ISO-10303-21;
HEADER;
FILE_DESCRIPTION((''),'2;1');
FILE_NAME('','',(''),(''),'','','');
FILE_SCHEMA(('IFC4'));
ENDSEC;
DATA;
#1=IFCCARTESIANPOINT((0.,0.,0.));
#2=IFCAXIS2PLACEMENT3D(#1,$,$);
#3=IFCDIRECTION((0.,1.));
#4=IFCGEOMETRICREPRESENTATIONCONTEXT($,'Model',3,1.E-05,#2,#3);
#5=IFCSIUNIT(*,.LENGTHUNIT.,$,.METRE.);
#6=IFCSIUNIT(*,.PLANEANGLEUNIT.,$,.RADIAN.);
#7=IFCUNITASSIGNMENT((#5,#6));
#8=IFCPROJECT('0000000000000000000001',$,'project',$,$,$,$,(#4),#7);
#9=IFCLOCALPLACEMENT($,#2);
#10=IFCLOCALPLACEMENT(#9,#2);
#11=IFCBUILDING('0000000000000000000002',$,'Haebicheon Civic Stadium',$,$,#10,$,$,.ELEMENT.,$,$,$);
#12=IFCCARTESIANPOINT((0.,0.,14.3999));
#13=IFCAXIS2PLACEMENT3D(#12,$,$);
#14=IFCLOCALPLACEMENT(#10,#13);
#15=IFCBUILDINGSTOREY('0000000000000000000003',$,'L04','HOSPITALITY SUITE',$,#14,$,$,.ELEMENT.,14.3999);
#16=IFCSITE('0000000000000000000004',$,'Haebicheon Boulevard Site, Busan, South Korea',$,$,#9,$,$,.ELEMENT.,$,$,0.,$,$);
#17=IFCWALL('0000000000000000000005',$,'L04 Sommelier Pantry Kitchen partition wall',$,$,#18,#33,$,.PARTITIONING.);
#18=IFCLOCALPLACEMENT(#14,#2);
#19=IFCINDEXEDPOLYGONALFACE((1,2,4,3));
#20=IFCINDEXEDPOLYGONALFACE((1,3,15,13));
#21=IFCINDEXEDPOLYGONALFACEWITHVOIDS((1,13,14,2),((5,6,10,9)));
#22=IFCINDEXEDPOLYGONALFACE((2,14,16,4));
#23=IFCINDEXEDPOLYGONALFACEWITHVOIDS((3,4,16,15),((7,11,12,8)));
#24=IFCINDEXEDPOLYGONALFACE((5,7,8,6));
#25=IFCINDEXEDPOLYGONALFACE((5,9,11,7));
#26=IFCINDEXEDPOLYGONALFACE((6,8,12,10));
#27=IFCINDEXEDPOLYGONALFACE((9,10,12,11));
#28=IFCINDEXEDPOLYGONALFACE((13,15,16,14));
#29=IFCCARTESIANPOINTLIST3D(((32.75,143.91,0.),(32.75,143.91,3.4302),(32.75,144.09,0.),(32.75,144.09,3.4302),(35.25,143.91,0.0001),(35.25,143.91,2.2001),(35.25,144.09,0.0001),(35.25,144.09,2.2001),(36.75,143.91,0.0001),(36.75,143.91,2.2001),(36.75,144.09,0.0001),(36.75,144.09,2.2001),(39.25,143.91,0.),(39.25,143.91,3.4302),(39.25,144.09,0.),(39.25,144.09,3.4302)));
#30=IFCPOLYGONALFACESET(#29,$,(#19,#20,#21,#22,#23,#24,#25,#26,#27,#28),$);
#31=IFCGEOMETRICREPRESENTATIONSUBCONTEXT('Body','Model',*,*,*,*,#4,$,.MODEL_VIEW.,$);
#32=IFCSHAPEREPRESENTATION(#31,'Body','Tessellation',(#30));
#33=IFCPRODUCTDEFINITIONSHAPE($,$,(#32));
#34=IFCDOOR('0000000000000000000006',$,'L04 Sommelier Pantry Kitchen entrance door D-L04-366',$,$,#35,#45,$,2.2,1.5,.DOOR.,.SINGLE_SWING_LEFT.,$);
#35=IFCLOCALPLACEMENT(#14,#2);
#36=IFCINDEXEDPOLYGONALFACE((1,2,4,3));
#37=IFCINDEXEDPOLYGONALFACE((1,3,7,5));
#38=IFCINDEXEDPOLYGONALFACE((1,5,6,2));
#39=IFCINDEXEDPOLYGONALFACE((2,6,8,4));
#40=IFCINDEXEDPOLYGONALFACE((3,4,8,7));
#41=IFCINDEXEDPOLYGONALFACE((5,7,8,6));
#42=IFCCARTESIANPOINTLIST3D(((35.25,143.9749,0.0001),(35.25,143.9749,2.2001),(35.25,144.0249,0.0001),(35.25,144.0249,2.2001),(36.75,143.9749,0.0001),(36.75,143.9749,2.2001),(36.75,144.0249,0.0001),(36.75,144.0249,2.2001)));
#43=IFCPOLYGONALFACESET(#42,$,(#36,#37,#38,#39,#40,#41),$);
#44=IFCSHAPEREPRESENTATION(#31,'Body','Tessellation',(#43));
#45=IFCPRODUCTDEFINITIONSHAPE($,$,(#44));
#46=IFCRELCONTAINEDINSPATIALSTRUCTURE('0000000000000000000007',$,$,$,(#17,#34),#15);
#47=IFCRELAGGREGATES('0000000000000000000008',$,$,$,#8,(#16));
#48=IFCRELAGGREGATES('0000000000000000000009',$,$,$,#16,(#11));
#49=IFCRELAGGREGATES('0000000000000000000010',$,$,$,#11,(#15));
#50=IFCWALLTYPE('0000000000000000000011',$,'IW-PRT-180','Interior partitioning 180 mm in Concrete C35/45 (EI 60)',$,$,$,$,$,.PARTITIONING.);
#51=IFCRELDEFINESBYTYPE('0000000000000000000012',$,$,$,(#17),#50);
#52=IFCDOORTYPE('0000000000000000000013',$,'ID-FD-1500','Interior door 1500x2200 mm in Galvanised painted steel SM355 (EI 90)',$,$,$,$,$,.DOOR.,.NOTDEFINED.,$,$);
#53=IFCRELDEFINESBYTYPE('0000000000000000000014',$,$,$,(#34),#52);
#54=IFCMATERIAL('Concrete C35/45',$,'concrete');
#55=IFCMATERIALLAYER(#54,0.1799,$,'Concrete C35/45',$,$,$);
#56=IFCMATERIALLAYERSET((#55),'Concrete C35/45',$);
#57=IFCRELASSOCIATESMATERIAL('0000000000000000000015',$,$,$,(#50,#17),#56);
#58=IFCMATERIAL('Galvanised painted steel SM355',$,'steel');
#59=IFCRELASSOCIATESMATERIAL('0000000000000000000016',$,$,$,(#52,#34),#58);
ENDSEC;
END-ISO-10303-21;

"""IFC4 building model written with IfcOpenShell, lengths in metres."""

from ifc_helpers import new_model, si_unit, direction, frame, frame_2d, origin, place, context, subcontext, project, spatial, rectangle, extrude, material, layer, layer_set, type_object, element, fill, save


model = new_model("IFC4")

# Units and contexts
model_context = context("Model", 3, precision=1e-05, world=origin(), true_north=direction((0.0, 1.0)))
body_context = subcontext(model_context, "Body", "Model", "MODEL_VIEW")
ifc_project = project(units=[si_unit("LENGTHUNIT", "METRE"), si_unit("PLANEANGLEUNIT", "RADIAN")], contexts=[model_context])

# Site, building, storey
site_placement = place(None, origin())
site = spatial("IfcSite", under=ifc_project, at=site_placement, Name="Haebicheon Boulevard Site, Busan, South Korea", CompositionType="ELEMENT", RefElevation=0.0)
building_placement = place(site_placement, origin())
building = spatial("IfcBuilding", under=site, at=building_placement, Name="Haebicheon Civic Stadium", CompositionType="ELEMENT")
storey_placement = place(building_placement, frame((0.0, 0.0, 14.3999)))
storey = spatial("IfcBuildingStorey", under=building, at=storey_placement, Name="L04", Description="HOSPITALITY SUITE", CompositionType="ELEMENT", Elevation=14.3999)

# Wall, opening, door
ifc_material_1 = material(Name="Concrete C35/45", Category="concrete")
ifc_layer_1 = layer(ifc_material_1, 0.1799, Name="Concrete C35/45")
ifc_layer_set_1 = layer_set([ifc_layer_1], Name="Concrete C35/45")
wall_type_1 = type_object("IfcWallType", Name="IW-PRT-180", Description="Interior partitioning 180 mm in Concrete C35/45 (EI 60)", PredefinedType="PARTITIONING", material=ifc_layer_set_1)
ifc_material_2 = material(Name="Galvanised painted steel SM355", Category="steel")
door_type = type_object("IfcDoorType", Name="ID-FD-1500", Description="Interior door 1500x2200 mm in Galvanised painted steel SM355 (EI 90)", OperationType="NOTDEFINED", PredefinedType="DOOR", material=ifc_material_2)
wall_1_placement = place(storey_placement, frame((32.75, 144.0, 0.0), z_axis=(0.0, 0.0, 1.0), x_axis=(1.0, 0.0, 0.0)))
wall_1 = element("IfcWall", 1, at=wall_1_placement, inside=storey, type_object=wall_type_1, material=ifc_layer_set_1, Name="L04 Sommelier Pantry Kitchen partition wall", PredefinedType="PARTITIONING", context=body_context, shape_type="SweptSolid", body=[
    extrude(rectangle(XDim=6.5, YDim=0.1799, at=frame_2d((3.25, 0.0))), origin(), (0.0, 0.0, 1.0), 3.4302),
])
opening_1_placement = place(wall_1_placement, frame((2.5, 0.0, 0.0)))
opening_1 = element("IfcOpeningElement", 2, at=opening_1_placement, cuts=wall_1, PredefinedType="OPENING", context=body_context, shape_type="SweptSolid", body=[
    extrude(rectangle(XDim=1.5, YDim=2.2, at=frame_2d((0.75, 1.1001))), frame((0.0, 0.0999, 0.0), z_axis=(0.0, -1.0, 0.0), x_axis=(1.0, 0.0, 0.0)), (0.0, 0.0, 1.0), 0.2),
])
door_1_placement = place(opening_1_placement, origin())
door_1 = element("IfcDoor", 3, at=door_1_placement, inside=storey, type_object=door_type, material=ifc_material_2, Name="L04 Sommelier Pantry Kitchen entrance door D-L04-366", OperationType="SINGLE_SWING_LEFT", OverallHeight=2.2, OverallWidth=1.5, PredefinedType="DOOR", context=body_context, shape_type="SweptSolid", body=[
    extrude(rectangle(XDim=1.5, YDim=2.2, at=frame_2d((0.75, 1.1001))), frame((0.0, 0.0249, 0.0), z_axis=(0.0, -1.0, 0.0), x_axis=(1.0, 0.0, 0.0)), (0.0, 0.0, 1.0), 0.05),
])
fill(opening_1, door_1)

save(model, "model.ifc")
